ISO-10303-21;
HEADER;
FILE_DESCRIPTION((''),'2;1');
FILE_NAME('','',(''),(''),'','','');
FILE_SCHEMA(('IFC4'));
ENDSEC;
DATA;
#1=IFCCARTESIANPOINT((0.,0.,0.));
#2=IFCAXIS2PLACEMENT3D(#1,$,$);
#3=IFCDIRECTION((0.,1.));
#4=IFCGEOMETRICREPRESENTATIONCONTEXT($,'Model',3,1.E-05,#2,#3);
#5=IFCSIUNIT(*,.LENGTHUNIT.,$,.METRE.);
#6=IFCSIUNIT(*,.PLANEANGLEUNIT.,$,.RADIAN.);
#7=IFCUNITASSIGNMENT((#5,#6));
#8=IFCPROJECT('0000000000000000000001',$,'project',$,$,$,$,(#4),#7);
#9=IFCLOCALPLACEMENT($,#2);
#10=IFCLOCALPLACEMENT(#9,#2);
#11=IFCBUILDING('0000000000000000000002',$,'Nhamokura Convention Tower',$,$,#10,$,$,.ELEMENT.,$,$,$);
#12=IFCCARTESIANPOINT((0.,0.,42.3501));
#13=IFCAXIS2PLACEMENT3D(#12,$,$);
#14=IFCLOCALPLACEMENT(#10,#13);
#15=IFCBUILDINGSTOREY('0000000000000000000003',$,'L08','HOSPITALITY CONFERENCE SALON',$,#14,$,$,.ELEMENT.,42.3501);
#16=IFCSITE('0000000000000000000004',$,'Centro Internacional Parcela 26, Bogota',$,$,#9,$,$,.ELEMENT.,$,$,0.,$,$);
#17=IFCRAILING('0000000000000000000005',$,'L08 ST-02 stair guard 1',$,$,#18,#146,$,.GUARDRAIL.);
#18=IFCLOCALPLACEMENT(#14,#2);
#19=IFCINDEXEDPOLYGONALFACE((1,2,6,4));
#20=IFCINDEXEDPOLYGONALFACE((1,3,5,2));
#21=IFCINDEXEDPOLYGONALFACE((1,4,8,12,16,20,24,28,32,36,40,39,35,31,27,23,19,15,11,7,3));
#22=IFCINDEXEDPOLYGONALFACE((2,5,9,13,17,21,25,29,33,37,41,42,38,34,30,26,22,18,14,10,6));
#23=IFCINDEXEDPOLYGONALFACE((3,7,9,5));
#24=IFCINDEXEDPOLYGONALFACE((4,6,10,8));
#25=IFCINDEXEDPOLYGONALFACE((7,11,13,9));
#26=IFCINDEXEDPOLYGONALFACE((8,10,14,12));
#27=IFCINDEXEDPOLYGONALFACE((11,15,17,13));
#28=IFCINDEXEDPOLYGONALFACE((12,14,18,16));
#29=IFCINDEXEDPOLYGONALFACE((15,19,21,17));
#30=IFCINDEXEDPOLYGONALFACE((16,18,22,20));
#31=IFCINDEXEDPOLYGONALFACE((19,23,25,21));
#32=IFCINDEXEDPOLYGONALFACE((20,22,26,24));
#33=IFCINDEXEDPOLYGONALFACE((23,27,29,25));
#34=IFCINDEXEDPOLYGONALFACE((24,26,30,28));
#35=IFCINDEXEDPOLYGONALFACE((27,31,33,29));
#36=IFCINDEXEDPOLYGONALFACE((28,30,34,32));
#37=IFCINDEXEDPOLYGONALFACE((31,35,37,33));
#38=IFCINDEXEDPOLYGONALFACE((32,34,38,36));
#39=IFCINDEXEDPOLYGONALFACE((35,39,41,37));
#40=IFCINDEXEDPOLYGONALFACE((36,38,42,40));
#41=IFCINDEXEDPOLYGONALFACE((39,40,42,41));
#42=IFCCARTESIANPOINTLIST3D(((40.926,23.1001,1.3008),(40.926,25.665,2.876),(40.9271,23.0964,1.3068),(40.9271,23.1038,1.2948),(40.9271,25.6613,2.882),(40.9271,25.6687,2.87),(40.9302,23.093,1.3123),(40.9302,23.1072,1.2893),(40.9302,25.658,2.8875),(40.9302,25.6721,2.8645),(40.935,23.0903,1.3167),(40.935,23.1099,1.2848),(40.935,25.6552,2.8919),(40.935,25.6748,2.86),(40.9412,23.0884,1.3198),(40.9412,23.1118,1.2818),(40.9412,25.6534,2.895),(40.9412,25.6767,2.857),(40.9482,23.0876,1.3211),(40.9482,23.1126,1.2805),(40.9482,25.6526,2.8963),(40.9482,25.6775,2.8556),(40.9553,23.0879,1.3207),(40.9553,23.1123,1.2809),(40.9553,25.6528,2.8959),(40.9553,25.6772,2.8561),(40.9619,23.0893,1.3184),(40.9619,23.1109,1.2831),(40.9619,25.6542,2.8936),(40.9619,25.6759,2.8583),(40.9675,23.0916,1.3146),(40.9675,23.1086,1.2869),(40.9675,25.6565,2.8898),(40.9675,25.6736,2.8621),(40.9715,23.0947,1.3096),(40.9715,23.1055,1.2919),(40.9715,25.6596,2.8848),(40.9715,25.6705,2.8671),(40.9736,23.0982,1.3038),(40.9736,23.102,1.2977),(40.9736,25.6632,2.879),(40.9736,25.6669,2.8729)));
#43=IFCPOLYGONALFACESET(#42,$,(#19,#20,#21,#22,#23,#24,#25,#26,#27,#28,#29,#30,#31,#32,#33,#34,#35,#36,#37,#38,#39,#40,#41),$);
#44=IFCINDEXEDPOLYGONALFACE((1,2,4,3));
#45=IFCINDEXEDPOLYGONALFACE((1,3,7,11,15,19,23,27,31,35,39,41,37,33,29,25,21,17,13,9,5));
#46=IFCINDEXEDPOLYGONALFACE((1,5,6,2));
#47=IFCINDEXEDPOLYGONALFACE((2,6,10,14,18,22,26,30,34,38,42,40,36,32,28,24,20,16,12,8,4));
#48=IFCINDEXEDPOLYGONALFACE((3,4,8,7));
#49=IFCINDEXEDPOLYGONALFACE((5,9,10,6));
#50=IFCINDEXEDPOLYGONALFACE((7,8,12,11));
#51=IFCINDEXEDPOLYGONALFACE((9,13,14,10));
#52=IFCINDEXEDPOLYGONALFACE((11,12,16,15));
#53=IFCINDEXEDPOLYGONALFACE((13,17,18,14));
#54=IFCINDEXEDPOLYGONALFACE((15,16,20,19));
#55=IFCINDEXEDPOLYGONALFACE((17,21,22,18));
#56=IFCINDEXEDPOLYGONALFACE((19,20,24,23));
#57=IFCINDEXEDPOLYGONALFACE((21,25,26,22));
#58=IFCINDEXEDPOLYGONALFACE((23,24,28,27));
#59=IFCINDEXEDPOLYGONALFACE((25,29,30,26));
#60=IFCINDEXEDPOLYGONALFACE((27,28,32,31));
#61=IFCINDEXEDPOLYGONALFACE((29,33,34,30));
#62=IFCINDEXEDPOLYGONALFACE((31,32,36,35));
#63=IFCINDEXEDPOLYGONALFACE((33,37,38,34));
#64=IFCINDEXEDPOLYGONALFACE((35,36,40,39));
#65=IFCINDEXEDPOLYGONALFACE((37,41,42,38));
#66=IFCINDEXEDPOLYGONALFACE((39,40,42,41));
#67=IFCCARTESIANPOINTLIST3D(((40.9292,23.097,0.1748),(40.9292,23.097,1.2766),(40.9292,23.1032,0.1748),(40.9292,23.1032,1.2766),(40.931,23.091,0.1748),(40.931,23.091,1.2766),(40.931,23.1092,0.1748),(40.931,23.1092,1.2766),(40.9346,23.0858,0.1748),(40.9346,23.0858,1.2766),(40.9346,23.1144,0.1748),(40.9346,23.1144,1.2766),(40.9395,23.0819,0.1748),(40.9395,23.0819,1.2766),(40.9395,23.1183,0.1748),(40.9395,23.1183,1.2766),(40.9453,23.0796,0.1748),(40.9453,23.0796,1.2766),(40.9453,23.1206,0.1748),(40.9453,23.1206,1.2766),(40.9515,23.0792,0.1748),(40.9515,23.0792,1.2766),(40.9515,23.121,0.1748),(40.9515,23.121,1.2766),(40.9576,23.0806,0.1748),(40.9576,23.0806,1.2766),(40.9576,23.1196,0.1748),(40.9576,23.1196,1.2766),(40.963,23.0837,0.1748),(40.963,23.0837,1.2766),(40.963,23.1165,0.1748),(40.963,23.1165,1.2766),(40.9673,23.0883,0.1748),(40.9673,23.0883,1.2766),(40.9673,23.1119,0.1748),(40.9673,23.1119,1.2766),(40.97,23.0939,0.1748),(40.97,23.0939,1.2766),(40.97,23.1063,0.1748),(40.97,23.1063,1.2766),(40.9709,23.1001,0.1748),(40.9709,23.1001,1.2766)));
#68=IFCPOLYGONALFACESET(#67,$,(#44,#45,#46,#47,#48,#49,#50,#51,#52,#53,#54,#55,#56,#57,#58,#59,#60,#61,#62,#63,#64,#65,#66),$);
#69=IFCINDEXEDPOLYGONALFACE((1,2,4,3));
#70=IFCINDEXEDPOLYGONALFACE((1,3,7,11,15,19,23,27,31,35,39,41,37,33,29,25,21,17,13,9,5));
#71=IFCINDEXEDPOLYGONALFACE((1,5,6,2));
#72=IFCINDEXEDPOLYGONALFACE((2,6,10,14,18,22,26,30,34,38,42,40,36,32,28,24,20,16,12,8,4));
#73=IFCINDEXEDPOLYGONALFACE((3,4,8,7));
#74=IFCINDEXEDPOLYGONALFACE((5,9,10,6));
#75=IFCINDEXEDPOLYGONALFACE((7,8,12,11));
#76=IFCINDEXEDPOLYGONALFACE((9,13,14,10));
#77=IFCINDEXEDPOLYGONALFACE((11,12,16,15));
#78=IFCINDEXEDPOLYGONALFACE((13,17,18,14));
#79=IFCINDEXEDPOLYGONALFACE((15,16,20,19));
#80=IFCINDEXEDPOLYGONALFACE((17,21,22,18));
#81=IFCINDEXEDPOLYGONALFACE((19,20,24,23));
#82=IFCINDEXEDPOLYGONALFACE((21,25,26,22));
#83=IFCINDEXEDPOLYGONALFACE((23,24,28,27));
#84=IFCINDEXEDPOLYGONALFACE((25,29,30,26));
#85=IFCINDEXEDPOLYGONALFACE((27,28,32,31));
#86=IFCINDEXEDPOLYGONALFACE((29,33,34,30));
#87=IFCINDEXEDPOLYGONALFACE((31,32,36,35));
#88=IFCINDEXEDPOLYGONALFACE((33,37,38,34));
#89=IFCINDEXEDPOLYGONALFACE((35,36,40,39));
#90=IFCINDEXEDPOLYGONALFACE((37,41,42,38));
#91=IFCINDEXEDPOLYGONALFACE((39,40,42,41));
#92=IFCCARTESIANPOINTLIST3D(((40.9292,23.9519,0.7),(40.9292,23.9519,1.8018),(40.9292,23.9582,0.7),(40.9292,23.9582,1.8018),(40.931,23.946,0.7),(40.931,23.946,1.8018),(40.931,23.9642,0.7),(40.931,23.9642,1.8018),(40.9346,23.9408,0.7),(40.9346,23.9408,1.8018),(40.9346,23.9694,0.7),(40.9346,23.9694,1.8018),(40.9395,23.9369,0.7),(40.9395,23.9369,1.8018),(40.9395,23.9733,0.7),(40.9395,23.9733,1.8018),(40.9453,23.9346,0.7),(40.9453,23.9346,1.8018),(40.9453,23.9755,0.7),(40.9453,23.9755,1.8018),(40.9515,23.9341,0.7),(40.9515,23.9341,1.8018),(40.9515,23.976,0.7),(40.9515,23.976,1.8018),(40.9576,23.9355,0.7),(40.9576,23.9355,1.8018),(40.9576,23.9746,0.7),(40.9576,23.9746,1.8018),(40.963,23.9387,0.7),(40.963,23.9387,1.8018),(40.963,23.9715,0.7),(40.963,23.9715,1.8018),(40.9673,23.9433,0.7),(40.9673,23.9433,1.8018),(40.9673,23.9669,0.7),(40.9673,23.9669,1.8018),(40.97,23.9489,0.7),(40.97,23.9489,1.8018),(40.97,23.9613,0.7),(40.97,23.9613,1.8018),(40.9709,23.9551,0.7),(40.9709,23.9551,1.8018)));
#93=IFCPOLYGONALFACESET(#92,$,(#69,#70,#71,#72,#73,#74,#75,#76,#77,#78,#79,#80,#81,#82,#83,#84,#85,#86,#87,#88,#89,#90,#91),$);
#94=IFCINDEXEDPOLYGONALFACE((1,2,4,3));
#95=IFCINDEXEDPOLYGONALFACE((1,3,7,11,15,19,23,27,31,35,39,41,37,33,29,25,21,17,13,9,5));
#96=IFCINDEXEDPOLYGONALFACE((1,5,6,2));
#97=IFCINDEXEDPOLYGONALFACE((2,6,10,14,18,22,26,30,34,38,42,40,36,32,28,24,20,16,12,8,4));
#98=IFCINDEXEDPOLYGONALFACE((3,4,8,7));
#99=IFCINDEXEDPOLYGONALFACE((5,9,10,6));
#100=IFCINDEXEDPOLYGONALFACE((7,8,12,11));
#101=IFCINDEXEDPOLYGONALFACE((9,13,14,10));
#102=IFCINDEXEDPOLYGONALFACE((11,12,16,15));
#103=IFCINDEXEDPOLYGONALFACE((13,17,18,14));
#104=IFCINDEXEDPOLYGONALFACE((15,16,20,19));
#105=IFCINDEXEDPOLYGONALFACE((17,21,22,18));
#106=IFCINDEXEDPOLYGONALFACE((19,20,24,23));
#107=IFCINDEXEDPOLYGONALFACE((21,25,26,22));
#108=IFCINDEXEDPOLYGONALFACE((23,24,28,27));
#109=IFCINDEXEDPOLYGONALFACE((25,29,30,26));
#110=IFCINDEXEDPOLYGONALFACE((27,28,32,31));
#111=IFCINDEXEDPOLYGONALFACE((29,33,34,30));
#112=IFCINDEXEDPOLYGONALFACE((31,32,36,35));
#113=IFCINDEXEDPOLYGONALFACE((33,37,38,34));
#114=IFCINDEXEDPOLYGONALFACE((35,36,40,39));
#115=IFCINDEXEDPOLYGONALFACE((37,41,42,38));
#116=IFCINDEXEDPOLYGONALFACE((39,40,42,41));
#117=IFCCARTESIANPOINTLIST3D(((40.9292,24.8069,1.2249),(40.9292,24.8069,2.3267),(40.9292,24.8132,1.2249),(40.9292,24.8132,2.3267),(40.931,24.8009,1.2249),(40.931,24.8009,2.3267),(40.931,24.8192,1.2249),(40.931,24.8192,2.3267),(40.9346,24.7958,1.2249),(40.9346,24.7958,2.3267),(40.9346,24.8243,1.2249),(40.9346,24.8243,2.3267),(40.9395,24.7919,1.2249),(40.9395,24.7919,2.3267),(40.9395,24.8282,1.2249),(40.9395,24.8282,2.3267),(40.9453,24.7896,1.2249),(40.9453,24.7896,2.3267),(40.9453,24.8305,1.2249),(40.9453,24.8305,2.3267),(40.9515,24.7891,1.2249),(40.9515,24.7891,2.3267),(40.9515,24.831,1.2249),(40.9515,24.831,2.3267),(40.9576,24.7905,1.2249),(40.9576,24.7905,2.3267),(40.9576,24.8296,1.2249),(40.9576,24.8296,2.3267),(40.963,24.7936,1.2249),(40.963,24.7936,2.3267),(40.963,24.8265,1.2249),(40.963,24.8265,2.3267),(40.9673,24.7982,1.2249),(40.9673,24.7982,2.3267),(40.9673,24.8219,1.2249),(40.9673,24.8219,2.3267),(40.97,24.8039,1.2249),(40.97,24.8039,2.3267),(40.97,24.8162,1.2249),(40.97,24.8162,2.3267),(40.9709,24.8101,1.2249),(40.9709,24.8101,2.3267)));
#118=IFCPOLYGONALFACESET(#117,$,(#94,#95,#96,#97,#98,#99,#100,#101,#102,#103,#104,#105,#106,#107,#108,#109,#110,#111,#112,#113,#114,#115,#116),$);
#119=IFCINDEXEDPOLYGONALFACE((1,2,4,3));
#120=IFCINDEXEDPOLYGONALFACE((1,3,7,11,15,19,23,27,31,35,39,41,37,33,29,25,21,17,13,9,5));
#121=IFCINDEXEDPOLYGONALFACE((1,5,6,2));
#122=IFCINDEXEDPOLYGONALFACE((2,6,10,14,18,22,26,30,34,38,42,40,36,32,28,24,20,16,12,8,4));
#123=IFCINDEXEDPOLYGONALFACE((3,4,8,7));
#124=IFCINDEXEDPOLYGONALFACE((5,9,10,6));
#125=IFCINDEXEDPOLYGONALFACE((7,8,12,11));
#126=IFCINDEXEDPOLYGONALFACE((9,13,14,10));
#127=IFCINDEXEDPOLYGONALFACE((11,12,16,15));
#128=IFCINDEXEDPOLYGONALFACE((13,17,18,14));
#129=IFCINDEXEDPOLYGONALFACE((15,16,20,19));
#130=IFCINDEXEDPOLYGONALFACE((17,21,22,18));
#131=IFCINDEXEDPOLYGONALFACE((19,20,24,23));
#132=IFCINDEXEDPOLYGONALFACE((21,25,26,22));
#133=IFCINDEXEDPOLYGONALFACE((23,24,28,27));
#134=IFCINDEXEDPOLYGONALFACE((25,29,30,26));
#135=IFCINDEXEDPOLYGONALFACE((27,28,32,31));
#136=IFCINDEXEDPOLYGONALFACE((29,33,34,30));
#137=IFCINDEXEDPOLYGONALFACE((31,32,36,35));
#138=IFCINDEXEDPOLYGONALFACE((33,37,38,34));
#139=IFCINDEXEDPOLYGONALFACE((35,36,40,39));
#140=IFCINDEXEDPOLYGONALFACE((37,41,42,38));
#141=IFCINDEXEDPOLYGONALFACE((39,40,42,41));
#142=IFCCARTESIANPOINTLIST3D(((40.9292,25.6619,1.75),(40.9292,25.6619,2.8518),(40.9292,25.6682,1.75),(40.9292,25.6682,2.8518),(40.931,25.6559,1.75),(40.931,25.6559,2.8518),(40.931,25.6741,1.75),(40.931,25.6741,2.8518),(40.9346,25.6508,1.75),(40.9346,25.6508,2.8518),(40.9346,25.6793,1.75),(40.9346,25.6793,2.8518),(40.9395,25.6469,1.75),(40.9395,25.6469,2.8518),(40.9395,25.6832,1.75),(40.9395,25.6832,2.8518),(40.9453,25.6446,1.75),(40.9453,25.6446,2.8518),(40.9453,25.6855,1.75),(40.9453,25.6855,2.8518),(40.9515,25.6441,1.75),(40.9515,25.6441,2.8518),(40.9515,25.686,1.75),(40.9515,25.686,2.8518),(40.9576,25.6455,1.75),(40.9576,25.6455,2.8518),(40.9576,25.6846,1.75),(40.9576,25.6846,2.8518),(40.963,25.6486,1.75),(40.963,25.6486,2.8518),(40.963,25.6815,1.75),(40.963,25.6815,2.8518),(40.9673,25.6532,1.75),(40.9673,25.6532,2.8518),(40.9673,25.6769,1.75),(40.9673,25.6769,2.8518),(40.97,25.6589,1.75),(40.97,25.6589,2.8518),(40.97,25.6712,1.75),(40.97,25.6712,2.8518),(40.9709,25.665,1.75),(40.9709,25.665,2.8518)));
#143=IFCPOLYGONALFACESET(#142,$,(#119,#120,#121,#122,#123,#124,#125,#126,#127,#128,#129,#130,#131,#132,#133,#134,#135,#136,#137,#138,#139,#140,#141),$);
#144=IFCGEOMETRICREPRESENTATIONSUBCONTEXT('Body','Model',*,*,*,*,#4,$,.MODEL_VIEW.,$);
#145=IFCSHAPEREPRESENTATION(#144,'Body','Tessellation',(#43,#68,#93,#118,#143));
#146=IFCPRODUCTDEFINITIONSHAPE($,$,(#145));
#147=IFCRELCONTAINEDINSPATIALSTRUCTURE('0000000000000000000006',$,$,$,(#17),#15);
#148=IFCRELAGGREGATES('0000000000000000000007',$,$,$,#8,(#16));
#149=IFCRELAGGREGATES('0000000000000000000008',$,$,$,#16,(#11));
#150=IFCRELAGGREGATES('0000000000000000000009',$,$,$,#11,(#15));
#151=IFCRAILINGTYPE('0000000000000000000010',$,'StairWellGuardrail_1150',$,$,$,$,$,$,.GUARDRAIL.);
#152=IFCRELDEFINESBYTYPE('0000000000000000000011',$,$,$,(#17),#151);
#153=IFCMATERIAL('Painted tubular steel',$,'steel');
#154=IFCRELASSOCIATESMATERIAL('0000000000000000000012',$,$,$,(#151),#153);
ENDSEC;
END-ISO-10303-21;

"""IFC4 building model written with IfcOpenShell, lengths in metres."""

from ifc_helpers import new_model, si_unit, direction, frame, origin, origin_2d, place, context, subcontext, project, spatial, circle, extrude, material, type_object, element, save


model = new_model("IFC4")

# Units and contexts
model_context = context("Model", 3, precision=1e-05, world=origin(), true_north=direction((0.0, 1.0)))
body_context = subcontext(model_context, "Body", "Model", "MODEL_VIEW")
ifc_project = project(units=[si_unit("LENGTHUNIT", "METRE"), si_unit("PLANEANGLEUNIT", "RADIAN")], contexts=[model_context])

# Site, building, storey
site_placement = place(None, origin())
site = spatial("IfcSite", under=ifc_project, at=site_placement, Name="Centro Internacional Parcela 26, Bogota", CompositionType="ELEMENT", RefElevation=0.0)
building_placement = place(site_placement, origin())
building = spatial("IfcBuilding", under=site, at=building_placement, Name="Nhamokura Convention Tower", CompositionType="ELEMENT")
storey_placement = place(building_placement, frame((0.0, 0.0, 42.3501)))
storey = spatial("IfcBuildingStorey", under=building, at=storey_placement, Name="L08", Description="HOSPITALITY CONFERENCE SALON", CompositionType="ELEMENT", Elevation=42.3501)

# Railing
ifc_material_1 = material(Name="Painted tubular steel", Category="steel")
railing_type_1 = type_object("IfcRailingType", Name="StairWellGuardrail_1150", PredefinedType="GUARDRAIL", material=ifc_material_1)
railing_1_placement = place(storey_placement, frame((40.95, 23.1001, 0.1748)))
element("IfcRailing", 1, at=railing_1_placement, inside=storey, type_object=railing_type_1, Name="L08 ST-02 stair guard 1", PredefinedType="GUARDRAIL", context=body_context, shape_type="SweptSolid", body=[
    extrude(circle(Radius=0.0239, at=origin_2d()), frame((0.0, 0.0, 1.126), z_axis=(0.0, 0.852137, 0.523319), x_axis=(-1.0, 0.0, 0.0)), (0.0, 0.0, 1.0), 3.01),
    extrude(circle(Radius=0.021, at=origin_2d()), origin(), (0.0, 0.0, 1.0), 1.1018),
    extrude(circle(Radius=0.021, at=origin_2d()), frame((0.0, 0.855, 0.5251)), (0.0, 0.0, 1.0), 1.1018),
    extrude(circle(Radius=0.021, at=origin_2d()), frame((0.0, 1.71, 1.05)), (0.0, 0.0, 1.0), 1.1018),
    extrude(circle(Radius=0.021, at=origin_2d()), frame((0.0, 2.5649, 1.5752)), (0.0, 0.0, 1.0), 1.1018),
])

save(model, "model.ifc")
